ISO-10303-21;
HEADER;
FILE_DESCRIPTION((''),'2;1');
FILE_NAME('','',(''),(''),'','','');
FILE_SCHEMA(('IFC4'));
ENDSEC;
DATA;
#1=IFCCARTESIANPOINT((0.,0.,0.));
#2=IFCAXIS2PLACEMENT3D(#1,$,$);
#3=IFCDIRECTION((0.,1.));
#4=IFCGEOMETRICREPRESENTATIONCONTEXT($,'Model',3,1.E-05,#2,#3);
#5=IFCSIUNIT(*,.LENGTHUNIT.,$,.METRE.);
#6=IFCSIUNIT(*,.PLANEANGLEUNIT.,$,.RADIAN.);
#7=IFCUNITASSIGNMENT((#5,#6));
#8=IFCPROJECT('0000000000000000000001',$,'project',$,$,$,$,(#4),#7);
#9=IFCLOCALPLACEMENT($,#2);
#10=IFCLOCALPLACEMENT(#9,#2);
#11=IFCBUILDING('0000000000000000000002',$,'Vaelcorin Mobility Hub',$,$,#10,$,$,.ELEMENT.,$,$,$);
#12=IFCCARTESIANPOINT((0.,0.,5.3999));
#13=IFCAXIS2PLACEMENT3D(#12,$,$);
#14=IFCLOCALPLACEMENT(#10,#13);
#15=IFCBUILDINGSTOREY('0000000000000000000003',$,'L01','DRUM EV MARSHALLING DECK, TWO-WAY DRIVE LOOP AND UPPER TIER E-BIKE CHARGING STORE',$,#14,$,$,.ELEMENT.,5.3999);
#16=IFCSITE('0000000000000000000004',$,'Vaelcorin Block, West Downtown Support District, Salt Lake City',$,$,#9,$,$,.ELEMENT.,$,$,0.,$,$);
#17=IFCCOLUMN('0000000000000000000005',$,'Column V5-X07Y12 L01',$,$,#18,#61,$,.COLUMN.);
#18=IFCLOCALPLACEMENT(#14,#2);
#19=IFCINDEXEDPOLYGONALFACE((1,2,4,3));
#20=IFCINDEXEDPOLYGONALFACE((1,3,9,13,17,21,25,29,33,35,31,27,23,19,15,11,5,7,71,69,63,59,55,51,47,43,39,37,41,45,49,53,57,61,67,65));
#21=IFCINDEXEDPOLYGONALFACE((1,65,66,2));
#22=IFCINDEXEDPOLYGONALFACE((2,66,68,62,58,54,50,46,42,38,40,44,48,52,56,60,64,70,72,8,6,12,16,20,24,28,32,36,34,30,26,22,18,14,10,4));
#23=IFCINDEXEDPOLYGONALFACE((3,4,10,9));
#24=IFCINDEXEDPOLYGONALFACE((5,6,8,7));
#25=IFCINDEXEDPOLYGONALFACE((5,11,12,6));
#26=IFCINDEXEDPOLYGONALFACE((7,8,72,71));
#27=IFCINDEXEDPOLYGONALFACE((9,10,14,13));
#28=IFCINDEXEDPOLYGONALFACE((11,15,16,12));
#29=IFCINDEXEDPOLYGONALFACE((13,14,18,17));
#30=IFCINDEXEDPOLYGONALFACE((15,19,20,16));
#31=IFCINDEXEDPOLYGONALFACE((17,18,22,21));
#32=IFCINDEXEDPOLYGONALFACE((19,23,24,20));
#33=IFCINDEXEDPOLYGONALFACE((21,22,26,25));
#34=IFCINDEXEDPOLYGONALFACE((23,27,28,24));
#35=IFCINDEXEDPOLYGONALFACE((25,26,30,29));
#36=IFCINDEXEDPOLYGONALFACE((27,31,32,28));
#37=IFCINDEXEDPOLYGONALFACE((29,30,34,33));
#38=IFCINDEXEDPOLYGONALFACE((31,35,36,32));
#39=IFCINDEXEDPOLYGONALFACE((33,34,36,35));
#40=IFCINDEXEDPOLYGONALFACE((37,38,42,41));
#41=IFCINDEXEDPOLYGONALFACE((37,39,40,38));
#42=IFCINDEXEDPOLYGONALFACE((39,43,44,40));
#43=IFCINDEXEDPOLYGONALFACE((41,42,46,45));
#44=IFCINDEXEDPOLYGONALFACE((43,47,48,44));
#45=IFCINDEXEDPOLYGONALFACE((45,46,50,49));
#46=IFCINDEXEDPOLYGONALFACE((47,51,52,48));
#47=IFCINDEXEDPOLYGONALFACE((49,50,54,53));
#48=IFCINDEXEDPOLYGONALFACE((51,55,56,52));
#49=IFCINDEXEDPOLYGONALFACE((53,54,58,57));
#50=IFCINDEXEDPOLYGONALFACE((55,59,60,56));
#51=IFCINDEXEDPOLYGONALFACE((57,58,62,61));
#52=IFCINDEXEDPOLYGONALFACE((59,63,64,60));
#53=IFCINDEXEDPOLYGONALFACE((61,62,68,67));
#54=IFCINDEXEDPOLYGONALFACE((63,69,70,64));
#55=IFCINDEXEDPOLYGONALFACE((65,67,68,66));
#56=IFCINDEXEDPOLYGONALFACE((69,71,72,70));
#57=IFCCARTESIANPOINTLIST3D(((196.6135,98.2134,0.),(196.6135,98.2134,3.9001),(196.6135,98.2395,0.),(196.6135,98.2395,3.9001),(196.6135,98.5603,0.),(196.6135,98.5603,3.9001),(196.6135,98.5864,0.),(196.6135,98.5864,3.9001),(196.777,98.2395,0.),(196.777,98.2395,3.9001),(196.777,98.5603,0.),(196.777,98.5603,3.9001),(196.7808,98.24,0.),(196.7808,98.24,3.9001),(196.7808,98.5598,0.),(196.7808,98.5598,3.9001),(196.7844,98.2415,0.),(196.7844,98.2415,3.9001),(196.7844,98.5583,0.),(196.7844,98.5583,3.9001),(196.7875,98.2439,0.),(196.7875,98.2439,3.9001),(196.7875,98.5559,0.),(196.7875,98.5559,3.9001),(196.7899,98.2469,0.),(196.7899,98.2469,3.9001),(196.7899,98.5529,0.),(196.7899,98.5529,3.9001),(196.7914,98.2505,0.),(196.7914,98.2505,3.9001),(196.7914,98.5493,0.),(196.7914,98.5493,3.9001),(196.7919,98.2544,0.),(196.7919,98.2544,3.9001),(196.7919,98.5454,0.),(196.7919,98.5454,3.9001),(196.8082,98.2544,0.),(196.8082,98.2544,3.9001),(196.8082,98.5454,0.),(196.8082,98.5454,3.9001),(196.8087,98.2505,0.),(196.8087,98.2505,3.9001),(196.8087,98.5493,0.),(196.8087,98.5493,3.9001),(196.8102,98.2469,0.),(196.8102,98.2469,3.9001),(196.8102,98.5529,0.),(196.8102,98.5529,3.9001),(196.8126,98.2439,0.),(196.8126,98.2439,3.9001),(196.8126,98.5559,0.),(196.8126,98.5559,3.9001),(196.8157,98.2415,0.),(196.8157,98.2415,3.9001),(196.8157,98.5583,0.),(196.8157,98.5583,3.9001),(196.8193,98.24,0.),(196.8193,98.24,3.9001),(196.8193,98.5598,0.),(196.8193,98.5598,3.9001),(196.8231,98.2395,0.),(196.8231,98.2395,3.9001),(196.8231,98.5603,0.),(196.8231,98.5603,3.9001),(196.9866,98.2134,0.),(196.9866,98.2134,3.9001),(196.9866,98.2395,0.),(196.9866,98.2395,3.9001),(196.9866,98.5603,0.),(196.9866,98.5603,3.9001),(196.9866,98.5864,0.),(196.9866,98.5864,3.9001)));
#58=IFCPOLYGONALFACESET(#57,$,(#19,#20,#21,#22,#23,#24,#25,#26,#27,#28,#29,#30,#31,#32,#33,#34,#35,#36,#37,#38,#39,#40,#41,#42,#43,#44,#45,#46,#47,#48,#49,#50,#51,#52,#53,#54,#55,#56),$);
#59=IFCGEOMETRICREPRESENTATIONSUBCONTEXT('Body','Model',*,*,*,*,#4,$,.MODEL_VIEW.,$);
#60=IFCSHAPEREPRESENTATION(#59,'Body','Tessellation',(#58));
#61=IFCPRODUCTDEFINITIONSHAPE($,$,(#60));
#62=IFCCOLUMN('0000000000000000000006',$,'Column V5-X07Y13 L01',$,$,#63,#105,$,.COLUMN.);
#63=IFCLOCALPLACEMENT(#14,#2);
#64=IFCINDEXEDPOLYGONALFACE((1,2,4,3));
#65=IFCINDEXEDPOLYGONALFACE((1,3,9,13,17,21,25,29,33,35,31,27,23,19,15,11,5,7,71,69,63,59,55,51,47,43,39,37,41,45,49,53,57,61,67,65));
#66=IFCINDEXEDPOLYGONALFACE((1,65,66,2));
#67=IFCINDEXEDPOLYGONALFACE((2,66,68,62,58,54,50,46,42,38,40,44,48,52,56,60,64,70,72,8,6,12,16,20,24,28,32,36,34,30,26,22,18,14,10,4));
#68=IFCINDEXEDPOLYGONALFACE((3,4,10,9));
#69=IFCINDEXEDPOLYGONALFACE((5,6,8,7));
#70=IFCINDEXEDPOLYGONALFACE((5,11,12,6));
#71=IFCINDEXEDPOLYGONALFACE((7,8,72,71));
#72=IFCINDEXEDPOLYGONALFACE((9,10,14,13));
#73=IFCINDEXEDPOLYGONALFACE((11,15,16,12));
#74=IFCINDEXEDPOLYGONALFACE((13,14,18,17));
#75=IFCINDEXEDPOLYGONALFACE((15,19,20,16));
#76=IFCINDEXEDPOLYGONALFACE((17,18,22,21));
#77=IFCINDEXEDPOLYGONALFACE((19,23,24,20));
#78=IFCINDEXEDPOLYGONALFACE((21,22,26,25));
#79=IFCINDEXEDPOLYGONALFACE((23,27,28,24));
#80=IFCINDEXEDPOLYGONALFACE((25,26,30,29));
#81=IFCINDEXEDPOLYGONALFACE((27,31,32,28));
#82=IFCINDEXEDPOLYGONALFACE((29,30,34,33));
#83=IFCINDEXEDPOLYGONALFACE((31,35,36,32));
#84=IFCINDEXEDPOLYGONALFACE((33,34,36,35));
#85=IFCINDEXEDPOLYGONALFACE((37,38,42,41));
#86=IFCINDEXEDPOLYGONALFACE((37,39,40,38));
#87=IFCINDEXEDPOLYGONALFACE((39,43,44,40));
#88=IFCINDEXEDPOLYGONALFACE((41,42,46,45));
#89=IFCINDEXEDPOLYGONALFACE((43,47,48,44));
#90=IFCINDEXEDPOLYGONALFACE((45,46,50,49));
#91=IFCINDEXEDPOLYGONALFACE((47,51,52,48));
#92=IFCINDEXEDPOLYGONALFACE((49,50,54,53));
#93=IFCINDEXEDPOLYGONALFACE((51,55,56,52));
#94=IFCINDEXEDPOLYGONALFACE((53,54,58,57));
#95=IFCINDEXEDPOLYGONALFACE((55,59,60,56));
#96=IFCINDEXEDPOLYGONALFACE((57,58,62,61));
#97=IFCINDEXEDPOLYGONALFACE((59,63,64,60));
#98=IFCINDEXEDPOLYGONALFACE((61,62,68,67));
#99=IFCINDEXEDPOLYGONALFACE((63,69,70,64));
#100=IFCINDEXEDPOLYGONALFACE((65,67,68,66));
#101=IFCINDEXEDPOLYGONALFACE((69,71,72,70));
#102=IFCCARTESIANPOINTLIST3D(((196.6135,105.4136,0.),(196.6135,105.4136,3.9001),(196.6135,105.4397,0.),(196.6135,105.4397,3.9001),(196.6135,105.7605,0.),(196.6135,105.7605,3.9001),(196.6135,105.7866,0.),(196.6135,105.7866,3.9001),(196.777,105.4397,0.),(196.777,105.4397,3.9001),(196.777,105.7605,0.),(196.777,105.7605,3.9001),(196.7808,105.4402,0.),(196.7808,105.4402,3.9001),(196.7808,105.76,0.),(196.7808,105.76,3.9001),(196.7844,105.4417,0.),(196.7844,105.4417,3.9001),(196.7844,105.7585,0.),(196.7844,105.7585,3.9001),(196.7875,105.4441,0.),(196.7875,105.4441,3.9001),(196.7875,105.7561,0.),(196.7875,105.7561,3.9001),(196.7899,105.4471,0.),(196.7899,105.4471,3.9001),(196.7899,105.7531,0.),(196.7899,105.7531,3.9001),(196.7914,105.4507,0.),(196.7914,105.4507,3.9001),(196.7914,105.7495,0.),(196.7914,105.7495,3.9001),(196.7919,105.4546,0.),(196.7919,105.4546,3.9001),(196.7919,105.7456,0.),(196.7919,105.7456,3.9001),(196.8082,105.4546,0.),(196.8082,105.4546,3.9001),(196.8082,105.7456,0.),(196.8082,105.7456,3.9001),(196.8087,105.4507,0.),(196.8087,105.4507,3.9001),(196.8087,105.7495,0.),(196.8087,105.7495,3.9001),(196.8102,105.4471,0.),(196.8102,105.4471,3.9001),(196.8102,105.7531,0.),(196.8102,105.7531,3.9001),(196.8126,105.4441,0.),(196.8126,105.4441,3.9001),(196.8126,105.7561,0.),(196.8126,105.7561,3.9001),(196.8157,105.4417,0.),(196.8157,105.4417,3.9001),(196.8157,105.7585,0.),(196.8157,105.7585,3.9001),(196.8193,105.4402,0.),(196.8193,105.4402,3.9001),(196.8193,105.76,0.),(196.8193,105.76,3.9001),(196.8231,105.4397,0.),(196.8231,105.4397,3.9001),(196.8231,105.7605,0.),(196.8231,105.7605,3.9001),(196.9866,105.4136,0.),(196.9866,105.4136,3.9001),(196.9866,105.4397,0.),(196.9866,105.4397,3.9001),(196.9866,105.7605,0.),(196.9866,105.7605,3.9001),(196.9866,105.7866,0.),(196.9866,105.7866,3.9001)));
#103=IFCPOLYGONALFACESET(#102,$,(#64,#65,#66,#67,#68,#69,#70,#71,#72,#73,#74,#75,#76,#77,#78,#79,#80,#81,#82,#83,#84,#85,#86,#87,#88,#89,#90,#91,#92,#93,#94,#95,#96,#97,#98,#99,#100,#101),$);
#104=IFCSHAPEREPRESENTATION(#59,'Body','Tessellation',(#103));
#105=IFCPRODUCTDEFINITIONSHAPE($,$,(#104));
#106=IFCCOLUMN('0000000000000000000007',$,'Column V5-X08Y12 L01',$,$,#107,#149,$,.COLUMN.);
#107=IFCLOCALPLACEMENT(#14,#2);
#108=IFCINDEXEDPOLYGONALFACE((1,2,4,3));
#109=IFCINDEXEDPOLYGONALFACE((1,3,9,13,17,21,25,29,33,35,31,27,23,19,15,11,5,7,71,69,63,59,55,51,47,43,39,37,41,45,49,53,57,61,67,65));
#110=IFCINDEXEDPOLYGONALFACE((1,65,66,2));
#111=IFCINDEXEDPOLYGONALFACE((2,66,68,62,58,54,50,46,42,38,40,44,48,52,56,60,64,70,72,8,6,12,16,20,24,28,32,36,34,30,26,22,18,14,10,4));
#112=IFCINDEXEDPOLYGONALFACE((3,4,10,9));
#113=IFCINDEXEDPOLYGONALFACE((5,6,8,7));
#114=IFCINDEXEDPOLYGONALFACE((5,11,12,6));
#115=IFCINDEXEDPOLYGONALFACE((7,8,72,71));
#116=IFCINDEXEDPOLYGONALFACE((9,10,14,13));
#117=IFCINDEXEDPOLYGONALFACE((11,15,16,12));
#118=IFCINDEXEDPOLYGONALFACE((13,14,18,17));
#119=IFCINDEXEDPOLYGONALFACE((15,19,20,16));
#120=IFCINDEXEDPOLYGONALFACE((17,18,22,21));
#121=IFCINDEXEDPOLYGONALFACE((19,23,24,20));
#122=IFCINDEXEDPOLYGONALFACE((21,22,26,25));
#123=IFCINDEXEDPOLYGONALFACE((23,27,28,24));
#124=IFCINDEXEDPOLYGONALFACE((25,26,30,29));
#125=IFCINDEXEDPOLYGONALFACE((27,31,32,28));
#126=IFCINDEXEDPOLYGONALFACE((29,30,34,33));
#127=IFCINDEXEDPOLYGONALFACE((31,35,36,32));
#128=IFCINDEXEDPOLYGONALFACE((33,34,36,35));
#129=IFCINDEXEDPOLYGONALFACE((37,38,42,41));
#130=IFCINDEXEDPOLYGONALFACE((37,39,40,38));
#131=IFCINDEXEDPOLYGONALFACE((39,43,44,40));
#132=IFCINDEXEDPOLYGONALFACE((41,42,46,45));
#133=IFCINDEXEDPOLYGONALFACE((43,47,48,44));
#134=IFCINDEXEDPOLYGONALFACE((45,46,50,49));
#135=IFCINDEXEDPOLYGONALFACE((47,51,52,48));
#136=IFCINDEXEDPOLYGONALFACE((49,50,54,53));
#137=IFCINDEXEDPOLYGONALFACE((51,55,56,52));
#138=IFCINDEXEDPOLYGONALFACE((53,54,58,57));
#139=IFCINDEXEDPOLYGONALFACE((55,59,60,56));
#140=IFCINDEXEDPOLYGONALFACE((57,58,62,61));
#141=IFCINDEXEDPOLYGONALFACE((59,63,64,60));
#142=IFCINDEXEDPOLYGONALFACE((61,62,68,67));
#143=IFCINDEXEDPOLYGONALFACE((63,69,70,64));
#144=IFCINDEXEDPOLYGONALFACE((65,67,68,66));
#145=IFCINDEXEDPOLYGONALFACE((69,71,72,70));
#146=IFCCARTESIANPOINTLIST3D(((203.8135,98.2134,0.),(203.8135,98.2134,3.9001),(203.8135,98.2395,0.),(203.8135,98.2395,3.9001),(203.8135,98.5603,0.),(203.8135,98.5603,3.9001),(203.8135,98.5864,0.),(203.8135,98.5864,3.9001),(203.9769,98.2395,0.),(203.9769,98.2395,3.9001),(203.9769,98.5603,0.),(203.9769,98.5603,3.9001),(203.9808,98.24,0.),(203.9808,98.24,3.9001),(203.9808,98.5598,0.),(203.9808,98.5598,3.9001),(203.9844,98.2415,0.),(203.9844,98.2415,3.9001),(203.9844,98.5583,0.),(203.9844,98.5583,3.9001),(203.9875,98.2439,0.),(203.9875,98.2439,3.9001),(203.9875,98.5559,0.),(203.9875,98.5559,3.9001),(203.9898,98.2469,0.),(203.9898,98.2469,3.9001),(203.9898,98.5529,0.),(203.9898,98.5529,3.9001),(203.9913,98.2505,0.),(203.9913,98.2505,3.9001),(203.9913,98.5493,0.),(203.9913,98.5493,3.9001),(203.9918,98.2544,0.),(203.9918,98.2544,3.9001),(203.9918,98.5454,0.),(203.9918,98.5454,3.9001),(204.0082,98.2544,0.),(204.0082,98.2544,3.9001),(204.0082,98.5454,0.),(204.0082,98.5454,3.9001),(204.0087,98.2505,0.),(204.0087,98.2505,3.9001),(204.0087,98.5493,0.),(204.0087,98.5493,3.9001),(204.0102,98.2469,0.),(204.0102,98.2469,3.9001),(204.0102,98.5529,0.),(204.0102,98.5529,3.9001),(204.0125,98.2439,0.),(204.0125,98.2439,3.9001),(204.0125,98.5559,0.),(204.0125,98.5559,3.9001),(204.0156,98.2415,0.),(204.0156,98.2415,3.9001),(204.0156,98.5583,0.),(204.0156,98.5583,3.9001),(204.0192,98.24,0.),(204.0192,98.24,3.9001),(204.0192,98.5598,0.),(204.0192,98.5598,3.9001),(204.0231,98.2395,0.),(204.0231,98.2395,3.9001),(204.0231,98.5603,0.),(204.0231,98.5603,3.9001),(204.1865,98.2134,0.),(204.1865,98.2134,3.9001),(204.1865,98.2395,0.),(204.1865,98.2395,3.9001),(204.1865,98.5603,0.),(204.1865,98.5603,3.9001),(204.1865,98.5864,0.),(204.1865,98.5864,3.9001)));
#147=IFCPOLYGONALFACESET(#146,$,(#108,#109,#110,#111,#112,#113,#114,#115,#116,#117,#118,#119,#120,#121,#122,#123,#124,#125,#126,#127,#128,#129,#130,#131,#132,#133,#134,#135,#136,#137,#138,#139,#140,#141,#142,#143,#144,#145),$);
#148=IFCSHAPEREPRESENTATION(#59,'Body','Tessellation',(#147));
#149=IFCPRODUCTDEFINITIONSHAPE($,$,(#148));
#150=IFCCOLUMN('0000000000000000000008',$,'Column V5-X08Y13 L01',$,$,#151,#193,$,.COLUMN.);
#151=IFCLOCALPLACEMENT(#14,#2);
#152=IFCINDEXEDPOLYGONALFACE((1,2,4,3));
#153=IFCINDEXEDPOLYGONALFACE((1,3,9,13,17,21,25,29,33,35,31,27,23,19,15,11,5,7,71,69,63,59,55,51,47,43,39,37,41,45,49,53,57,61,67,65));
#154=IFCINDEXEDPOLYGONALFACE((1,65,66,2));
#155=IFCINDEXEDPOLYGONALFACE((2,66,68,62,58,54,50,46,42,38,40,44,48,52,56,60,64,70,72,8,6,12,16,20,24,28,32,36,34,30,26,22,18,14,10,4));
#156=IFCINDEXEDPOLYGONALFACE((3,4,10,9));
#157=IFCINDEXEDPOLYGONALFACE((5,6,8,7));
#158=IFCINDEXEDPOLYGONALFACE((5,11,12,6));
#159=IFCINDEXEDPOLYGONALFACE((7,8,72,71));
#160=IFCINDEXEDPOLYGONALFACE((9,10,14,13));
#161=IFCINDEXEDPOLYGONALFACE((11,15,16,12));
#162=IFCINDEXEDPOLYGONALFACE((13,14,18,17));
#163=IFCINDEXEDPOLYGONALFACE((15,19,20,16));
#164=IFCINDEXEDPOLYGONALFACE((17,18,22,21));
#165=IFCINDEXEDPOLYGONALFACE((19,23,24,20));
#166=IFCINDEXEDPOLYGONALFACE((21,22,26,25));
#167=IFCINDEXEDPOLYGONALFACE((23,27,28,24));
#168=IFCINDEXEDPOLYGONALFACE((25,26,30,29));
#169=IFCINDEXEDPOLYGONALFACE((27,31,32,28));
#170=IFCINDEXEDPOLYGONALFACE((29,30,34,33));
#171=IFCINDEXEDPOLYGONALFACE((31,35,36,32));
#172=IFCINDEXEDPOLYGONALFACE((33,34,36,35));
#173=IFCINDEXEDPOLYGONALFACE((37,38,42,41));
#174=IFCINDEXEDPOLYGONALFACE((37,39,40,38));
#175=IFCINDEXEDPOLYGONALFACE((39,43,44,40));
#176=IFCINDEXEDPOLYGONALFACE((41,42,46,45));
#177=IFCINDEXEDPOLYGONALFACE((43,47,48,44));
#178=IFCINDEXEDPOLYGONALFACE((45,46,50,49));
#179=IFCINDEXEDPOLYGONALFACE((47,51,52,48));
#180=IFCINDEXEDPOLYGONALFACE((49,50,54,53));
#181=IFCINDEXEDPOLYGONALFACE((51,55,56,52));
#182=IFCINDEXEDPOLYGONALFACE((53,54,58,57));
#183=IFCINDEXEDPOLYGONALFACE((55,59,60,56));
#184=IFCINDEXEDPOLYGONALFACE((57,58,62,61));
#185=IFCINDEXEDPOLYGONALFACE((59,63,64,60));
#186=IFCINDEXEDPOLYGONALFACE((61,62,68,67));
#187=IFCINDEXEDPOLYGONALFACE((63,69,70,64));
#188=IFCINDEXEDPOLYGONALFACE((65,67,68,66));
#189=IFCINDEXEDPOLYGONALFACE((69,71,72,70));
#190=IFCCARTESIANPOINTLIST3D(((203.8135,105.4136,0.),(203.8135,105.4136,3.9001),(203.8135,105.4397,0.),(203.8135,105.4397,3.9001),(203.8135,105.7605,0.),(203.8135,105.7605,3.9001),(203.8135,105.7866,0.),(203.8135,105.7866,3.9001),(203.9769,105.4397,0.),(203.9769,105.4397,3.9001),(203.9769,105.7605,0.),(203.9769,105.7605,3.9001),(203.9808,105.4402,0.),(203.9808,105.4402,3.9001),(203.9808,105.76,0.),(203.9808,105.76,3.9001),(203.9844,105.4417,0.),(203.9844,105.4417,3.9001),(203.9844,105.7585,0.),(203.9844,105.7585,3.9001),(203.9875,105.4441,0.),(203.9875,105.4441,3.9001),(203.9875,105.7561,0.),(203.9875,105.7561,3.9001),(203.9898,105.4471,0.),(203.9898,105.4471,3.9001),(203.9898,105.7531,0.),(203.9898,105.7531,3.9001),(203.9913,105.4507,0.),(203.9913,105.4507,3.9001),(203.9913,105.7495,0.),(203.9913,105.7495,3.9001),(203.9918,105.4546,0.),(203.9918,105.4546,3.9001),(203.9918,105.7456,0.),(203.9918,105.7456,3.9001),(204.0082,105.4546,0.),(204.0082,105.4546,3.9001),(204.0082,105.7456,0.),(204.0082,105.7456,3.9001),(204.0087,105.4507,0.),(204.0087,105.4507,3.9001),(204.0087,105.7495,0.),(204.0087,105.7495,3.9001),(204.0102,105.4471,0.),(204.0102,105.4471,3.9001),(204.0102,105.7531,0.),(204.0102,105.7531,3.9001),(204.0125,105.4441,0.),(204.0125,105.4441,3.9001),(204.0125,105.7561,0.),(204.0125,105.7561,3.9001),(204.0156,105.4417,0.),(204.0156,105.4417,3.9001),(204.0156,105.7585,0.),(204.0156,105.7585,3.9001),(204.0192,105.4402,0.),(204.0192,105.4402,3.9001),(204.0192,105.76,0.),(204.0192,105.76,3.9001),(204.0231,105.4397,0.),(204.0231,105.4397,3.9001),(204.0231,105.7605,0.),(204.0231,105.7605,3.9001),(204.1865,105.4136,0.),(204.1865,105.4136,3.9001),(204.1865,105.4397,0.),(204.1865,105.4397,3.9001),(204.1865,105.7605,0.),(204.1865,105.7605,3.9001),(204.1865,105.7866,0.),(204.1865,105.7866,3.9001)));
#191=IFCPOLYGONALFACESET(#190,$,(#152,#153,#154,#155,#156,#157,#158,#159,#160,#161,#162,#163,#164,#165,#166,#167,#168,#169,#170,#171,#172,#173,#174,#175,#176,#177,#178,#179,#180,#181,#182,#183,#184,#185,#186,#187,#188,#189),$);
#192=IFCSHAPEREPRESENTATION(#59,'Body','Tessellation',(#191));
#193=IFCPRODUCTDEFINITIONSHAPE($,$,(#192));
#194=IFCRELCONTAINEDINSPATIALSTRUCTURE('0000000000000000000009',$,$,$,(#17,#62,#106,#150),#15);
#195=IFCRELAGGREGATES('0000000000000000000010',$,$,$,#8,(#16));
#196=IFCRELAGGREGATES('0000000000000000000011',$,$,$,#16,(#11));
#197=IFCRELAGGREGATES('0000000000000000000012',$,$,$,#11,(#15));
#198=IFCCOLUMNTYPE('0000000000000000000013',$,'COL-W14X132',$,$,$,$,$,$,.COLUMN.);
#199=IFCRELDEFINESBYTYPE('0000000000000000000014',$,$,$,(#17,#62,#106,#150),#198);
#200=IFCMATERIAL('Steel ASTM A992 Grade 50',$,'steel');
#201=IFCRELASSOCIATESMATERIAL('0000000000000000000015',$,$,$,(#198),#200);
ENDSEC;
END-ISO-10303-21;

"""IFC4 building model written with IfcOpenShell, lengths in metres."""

from ifc_helpers import new_model, si_unit, direction, frame, origin, origin_2d, place, context, subcontext, project, spatial, i_section, extrude, material, material_profile, profile_set, type_object, element, save


model = new_model("IFC4")

# Units and contexts
model_context = context("Model", 3, precision=1e-05, world=origin(), true_north=direction((0.0, 1.0)))
body_context = subcontext(model_context, "Body", "Model", "MODEL_VIEW")
ifc_project = project(units=[si_unit("LENGTHUNIT", "METRE"), si_unit("PLANEANGLEUNIT", "RADIAN")], contexts=[model_context])

# Site, building, storey
site_placement = place(None, origin())
site = spatial("IfcSite", under=ifc_project, at=site_placement, Name="Vaelcorin Block, West Downtown Support District, Salt Lake City", CompositionType="ELEMENT", RefElevation=0.0)
building_placement = place(site_placement, origin())
building = spatial("IfcBuilding", under=site, at=building_placement, Name="Vaelcorin Mobility Hub", CompositionType="ELEMENT")
storey_placement = place(building_placement, frame((0.0, 0.0, 5.3999)))
storey = spatial("IfcBuildingStorey", under=building, at=storey_placement, Name="L01", Description="DRUM EV MARSHALLING DECK, TWO-WAY DRIVE LOOP AND UPPER TIER E-BIKE CHARGING STORE", CompositionType="ELEMENT", Elevation=5.3999)

# Columns
ifc_material_1 = material(Name="Steel ASTM A992 Grade 50", Category="steel")
ifc_material_profile_1 = material_profile(ifc_material_1, i_section(OverallWidth=0.373, OverallDepth=0.373, WebThickness=0.0164, FlangeThickness=0.0261, FilletRadius=0.0149, at=origin_2d()), Name="W14X132")
ifc_profile_set_1 = profile_set([ifc_material_profile_1], Name="Steel ASTM A992 Grade 50")
column_type = type_object("IfcColumnType", Name="COL-W14X132", PredefinedType="COLUMN", material=ifc_profile_set_1)
for number, where, z_axis, x_axis, name in (
    (1, (196.8, 98.3999, 0.0), (0.0, 0.0, 1.0), (1.0, 0.0, 0.0), "Column V5-X07Y12 L01"),
    (2, (196.8, 105.6001, 0.0), (0.0, 0.0, 1.0), (1.0, 0.0, 0.0), "Column V5-X07Y13 L01"),
    (3, (204.0, 98.3999, 0.0), (0.0, 0.0, 1.0), (1.0, 0.0, 0.0), "Column V5-X08Y12 L01"),
    (4, (204.0, 105.6001, 0.0), (0.0, 0.0, 1.0), (1.0, 0.0, 0.0), "Column V5-X08Y13 L01"),
):
    element("IfcColumn", number, at=place(storey_placement, frame(where, z_axis=z_axis, x_axis=x_axis)), inside=storey, type_object=column_type, Name=name, PredefinedType="COLUMN", context=body_context, shape_type="SweptSolid", body=[
        extrude(i_section(OverallWidth=0.373, OverallDepth=0.373, WebThickness=0.0164, FlangeThickness=0.0261, FilletRadius=0.0149, at=origin_2d()), origin(), (0.0, 0.0, 1.0), 3.9001),
    ])

save(model, "model.ifc")
